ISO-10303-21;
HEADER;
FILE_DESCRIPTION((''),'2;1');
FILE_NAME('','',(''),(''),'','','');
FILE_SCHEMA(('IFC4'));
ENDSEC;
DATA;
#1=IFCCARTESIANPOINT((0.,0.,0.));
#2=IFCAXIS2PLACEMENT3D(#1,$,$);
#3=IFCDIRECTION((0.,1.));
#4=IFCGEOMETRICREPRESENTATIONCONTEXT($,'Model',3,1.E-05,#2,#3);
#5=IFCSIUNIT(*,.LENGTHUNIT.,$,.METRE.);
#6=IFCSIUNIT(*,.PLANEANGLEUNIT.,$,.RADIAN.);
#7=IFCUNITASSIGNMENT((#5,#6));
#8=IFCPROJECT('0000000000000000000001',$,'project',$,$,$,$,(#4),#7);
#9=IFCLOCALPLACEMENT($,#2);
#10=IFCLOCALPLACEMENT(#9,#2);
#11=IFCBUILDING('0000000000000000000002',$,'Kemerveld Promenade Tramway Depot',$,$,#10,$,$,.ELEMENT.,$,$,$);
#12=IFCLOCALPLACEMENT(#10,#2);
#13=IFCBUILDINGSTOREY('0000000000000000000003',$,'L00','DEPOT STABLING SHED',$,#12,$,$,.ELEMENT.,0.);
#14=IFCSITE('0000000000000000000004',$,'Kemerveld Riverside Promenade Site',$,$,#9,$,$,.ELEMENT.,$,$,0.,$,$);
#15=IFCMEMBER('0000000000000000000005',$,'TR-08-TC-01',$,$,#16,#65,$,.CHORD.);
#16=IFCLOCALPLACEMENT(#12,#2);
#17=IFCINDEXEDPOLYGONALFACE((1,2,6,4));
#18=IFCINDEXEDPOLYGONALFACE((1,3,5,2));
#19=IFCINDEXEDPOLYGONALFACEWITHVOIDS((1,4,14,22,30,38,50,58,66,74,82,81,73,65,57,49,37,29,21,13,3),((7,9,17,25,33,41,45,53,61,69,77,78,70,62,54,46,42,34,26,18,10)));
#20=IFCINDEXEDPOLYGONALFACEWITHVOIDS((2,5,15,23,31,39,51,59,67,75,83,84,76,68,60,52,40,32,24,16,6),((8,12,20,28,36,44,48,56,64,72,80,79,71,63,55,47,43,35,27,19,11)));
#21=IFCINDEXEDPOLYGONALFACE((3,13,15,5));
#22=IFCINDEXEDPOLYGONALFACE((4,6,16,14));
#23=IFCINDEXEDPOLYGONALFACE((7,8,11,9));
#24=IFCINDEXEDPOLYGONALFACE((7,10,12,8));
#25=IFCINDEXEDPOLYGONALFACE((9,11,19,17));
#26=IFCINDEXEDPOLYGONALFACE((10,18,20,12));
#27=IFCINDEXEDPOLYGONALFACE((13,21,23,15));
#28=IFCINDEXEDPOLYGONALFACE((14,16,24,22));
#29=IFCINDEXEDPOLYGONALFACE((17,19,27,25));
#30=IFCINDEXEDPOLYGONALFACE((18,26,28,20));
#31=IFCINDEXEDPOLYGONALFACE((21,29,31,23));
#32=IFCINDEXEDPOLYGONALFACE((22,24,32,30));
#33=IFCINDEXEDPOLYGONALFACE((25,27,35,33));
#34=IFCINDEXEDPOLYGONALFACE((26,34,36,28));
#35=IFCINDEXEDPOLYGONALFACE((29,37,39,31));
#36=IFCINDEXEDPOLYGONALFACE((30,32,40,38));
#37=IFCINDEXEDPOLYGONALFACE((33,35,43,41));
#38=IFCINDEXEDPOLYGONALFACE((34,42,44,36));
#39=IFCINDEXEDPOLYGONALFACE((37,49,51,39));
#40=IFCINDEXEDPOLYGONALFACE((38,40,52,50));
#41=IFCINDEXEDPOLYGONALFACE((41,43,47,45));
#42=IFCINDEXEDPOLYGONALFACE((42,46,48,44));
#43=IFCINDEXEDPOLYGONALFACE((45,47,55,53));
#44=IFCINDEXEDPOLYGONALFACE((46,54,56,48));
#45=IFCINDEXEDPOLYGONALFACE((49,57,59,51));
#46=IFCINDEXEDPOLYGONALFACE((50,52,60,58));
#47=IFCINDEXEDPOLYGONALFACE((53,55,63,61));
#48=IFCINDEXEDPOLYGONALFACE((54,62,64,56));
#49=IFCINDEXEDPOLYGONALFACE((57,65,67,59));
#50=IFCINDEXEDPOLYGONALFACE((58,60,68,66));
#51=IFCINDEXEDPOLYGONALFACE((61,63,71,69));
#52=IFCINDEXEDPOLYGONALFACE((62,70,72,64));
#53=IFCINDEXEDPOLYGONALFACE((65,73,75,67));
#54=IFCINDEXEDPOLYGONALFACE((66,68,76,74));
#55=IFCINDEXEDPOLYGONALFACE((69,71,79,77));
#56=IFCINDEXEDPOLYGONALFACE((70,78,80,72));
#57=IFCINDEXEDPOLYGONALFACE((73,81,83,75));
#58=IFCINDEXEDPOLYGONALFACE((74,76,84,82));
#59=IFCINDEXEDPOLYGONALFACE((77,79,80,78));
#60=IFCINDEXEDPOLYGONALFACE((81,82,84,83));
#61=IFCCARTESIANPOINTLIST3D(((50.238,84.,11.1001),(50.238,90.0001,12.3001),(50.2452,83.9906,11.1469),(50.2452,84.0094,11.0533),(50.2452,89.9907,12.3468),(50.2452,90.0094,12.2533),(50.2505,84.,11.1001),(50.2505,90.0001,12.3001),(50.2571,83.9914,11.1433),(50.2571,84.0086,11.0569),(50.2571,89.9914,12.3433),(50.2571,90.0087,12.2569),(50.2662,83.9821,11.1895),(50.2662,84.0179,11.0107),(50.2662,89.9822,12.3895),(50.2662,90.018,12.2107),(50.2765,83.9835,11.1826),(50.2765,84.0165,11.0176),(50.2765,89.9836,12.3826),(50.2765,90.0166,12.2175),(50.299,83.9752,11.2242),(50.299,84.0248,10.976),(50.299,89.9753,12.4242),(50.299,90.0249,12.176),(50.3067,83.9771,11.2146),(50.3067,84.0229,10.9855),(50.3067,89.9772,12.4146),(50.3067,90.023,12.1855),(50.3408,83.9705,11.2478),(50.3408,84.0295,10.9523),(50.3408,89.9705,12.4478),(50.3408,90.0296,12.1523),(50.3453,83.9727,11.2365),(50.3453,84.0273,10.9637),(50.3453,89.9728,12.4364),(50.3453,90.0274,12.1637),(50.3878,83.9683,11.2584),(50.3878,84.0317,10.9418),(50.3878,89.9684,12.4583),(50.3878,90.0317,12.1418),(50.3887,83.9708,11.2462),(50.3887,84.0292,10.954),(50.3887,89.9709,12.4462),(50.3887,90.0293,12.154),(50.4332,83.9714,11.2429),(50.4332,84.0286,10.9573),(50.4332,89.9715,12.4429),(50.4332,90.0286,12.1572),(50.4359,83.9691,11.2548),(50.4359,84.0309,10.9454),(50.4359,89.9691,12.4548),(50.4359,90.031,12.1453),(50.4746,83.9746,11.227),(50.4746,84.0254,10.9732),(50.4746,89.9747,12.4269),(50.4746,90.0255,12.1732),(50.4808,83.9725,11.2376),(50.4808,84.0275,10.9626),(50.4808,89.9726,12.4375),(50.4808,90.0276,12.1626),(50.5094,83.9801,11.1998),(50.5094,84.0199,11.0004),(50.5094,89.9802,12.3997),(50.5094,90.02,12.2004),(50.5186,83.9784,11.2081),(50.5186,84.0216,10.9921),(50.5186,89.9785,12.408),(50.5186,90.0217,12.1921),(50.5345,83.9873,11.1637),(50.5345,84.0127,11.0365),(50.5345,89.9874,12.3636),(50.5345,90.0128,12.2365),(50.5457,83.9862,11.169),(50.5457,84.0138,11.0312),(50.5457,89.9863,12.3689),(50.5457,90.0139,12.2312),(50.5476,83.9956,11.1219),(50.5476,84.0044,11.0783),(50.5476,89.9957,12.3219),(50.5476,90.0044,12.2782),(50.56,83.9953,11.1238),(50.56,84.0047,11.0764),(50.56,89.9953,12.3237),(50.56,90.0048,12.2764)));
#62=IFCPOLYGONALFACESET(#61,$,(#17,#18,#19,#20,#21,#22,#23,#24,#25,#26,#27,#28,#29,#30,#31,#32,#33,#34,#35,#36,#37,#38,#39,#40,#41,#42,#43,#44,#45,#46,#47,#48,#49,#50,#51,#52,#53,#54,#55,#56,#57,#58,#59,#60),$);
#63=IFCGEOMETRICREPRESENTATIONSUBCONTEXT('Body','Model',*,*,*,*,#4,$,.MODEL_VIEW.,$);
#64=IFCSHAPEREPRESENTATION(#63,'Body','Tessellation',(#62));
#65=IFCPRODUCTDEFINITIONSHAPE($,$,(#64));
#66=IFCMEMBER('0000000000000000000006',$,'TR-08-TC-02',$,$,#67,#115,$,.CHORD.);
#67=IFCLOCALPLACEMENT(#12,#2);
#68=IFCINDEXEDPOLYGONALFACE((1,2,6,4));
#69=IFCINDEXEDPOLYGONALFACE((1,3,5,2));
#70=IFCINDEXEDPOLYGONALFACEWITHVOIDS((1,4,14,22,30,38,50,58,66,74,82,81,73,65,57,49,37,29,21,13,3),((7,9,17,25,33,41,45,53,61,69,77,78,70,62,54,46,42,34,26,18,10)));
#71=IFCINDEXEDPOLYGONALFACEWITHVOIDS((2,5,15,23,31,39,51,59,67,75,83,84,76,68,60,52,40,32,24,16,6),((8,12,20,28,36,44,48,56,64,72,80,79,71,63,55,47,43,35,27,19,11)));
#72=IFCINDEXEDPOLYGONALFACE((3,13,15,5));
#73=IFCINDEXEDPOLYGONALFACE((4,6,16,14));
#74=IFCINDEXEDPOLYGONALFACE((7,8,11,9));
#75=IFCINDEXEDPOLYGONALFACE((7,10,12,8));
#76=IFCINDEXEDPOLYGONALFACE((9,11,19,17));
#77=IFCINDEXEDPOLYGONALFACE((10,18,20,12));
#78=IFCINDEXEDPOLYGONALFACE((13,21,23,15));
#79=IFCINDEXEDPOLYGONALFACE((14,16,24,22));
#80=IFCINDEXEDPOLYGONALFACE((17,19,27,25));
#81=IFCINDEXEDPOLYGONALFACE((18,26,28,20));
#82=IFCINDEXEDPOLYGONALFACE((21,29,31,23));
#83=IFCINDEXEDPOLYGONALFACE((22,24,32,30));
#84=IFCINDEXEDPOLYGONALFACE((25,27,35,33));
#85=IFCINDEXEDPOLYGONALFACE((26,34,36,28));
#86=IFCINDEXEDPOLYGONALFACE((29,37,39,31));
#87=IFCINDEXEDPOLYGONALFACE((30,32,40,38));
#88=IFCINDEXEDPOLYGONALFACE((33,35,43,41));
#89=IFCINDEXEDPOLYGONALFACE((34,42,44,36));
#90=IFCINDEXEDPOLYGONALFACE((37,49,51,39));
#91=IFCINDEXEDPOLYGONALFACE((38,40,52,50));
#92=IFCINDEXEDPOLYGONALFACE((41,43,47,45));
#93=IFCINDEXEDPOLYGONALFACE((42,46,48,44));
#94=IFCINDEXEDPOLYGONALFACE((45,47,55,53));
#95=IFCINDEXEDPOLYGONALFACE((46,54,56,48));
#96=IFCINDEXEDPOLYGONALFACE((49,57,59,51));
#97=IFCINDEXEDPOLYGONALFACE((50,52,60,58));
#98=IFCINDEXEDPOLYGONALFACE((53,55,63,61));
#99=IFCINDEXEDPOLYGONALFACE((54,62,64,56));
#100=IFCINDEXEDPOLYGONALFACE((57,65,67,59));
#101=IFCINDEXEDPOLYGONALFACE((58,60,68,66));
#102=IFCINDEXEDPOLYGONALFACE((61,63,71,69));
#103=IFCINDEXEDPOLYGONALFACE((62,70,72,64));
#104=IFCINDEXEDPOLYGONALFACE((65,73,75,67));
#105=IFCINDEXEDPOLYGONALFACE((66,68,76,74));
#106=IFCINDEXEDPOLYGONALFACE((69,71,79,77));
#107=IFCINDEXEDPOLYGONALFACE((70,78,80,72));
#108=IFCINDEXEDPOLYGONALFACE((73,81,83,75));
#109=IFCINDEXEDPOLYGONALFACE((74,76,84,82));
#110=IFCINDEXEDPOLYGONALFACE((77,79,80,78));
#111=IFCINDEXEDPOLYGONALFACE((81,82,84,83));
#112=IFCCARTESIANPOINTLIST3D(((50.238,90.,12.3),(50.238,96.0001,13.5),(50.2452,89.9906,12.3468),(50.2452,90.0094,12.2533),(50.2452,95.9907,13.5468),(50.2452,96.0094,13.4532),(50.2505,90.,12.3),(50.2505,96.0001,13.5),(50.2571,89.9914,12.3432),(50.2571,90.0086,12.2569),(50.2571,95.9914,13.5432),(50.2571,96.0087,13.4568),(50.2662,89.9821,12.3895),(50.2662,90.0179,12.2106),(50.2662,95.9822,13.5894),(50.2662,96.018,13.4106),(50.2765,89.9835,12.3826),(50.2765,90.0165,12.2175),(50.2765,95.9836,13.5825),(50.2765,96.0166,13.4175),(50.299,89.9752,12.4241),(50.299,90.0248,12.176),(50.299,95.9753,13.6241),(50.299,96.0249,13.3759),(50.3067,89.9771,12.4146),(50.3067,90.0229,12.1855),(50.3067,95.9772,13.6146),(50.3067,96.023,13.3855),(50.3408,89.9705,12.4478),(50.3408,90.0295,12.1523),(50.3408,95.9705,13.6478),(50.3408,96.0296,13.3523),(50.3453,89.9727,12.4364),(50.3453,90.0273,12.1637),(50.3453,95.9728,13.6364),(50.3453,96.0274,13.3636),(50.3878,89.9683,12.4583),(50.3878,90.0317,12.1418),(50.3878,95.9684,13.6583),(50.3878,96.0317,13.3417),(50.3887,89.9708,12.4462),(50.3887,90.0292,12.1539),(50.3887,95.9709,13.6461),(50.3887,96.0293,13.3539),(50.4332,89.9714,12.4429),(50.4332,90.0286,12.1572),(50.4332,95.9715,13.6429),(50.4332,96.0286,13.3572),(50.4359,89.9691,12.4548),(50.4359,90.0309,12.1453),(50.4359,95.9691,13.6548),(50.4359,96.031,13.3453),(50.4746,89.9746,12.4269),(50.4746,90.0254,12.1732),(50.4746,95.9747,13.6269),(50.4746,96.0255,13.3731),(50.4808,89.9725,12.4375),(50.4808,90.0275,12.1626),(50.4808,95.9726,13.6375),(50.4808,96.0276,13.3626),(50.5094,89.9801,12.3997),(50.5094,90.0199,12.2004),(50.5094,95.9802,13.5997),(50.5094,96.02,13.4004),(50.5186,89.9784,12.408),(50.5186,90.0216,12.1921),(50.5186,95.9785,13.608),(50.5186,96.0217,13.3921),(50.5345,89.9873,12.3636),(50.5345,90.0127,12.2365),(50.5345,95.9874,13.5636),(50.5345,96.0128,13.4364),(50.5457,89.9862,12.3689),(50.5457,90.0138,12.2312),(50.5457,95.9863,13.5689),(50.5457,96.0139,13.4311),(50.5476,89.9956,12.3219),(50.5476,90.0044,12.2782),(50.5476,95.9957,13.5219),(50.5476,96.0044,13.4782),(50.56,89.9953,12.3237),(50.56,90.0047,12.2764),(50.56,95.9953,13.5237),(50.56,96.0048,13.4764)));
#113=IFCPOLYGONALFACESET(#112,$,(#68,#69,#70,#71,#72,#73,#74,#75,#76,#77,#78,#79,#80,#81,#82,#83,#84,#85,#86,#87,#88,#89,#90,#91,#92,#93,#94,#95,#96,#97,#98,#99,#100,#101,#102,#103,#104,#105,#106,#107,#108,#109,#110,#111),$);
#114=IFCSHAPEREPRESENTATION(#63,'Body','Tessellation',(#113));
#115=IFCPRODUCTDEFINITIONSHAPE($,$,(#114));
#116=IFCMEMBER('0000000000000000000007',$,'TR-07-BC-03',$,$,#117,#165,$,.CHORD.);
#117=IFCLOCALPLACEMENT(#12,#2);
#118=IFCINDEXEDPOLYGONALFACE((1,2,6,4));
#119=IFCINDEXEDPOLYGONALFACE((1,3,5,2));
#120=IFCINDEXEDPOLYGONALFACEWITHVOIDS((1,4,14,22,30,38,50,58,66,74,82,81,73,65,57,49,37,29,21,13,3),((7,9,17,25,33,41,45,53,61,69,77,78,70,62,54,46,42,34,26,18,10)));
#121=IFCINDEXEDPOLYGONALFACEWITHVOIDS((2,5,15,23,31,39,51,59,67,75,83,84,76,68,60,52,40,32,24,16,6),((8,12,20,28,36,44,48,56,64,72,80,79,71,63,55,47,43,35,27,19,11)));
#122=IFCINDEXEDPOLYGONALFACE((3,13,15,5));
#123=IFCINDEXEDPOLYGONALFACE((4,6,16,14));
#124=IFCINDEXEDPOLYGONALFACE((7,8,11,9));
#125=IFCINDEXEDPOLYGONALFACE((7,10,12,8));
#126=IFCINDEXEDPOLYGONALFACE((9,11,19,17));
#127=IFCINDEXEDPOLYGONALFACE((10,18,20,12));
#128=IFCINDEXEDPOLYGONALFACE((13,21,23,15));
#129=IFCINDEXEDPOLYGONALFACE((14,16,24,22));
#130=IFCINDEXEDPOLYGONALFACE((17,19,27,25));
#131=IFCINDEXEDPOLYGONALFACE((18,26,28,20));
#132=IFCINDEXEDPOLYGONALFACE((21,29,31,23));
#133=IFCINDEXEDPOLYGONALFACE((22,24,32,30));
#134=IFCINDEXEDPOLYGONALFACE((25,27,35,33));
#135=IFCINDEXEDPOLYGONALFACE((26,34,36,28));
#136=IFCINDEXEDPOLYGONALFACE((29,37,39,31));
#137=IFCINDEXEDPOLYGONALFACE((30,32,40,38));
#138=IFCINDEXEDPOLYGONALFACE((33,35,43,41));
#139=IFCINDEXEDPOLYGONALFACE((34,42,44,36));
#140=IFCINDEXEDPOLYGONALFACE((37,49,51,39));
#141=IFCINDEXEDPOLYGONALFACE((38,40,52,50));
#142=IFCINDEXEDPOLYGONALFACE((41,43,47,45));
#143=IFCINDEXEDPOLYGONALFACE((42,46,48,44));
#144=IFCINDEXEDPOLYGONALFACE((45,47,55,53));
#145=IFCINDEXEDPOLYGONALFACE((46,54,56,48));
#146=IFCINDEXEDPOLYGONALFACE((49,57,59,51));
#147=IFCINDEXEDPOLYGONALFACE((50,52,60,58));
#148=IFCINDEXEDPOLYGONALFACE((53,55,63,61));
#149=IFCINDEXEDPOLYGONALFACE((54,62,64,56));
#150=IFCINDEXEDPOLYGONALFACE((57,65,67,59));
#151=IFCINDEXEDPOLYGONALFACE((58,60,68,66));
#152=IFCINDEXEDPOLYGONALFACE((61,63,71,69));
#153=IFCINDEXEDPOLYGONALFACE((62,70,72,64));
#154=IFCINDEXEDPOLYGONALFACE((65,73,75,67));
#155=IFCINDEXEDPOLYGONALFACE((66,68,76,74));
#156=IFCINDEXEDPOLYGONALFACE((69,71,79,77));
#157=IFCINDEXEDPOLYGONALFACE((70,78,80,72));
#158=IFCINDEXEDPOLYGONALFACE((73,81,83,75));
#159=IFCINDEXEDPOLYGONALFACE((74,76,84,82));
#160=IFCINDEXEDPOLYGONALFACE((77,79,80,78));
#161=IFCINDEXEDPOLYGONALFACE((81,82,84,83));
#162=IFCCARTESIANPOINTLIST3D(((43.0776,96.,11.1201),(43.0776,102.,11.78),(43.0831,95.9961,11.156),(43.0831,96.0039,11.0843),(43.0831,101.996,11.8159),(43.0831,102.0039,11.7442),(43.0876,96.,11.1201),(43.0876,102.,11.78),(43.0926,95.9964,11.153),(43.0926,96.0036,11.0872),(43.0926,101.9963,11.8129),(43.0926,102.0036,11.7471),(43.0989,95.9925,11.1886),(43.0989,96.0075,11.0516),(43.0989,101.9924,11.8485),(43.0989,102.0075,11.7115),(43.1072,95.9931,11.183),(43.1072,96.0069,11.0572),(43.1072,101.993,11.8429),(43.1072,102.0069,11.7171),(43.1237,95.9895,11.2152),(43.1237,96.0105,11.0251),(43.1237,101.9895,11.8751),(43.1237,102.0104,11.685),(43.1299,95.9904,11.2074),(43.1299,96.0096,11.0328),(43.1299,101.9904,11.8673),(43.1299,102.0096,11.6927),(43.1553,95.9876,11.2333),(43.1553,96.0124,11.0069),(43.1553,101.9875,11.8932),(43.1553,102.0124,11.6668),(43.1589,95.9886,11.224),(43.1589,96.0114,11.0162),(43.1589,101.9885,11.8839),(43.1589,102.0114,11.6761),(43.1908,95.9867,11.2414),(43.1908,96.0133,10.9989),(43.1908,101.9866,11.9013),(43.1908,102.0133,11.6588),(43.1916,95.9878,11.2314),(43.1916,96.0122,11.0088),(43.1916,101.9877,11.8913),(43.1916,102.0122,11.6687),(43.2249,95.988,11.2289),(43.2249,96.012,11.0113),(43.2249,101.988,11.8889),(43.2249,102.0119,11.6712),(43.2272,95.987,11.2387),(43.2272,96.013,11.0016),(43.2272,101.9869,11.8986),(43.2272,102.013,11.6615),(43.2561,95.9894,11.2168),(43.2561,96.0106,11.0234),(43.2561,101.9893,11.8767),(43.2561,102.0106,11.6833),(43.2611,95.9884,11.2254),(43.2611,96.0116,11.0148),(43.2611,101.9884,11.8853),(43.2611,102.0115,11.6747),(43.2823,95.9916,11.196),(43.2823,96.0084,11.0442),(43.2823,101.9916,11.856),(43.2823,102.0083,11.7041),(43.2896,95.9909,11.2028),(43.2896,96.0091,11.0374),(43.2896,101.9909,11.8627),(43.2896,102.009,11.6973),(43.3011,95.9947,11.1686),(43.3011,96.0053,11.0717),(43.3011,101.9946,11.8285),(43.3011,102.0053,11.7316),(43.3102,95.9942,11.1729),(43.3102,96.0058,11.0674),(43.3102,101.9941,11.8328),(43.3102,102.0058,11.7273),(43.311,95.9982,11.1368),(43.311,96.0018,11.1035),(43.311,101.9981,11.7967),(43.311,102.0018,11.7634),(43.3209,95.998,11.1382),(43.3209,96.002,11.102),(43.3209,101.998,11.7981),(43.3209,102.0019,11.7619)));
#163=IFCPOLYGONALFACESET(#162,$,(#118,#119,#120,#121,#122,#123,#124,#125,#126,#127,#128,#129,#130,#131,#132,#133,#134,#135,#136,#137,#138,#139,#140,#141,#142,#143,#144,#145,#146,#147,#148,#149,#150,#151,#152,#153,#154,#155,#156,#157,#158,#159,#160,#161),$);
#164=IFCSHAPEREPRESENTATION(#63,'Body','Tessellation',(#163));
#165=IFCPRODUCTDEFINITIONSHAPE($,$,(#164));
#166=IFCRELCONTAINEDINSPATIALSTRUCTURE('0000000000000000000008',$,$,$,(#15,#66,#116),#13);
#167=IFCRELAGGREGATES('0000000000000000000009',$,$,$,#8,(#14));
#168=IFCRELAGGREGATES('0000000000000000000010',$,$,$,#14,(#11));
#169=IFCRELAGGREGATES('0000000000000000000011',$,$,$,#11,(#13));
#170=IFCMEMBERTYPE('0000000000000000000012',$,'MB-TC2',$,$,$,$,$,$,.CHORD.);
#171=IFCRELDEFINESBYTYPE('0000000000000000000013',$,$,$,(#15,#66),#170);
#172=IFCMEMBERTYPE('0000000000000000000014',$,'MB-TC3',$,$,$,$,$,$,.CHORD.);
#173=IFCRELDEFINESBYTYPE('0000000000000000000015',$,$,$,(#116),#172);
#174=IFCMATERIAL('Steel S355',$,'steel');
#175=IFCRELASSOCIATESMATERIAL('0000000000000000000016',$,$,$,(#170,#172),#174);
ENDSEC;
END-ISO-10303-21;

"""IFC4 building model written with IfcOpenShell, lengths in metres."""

from ifc_helpers import new_model, si_unit, direction, frame, origin, origin_2d, place, context, subcontext, project, spatial, hollow_circle, extrude, material, material_profile, profile_set, type_object, element, save


model = new_model("IFC4")

# Units and contexts
model_context = context("Model", 3, precision=1e-05, world=origin(), true_north=direction((0.0, 1.0)))
body_context = subcontext(model_context, "Body", "Model", "MODEL_VIEW")
ifc_project = project(units=[si_unit("LENGTHUNIT", "METRE"), si_unit("PLANEANGLEUNIT", "RADIAN")], contexts=[model_context])

# Site, building, storey
site_placement = place(None, origin())
site = spatial("IfcSite", under=ifc_project, at=site_placement, Name="Kemerveld Riverside Promenade Site", CompositionType="ELEMENT", RefElevation=0.0)
building_placement = place(site_placement, origin())
building = spatial("IfcBuilding", under=site, at=building_placement, Name="Kemerveld Promenade Tramway Depot", CompositionType="ELEMENT")
storey_placement = place(building_placement, origin())
storey = spatial("IfcBuildingStorey", under=building, at=storey_placement, Name="L00", Description="DEPOT STABLING SHED", CompositionType="ELEMENT", Elevation=0.0)

# Shared definitions
ifc_material_1 = material(Name="Steel S355", Category="steel")

# Members
ifc_material_profile_1 = material_profile(ifc_material_1, hollow_circle(Radius=0.1619, WallThickness=0.0125, at=origin_2d()), Name="323.9x12.5 CHS")
ifc_profile_set_1 = profile_set([ifc_material_profile_1], Name="Steel S355")
member_type_1 = type_object("IfcMemberType", Name="MB-TC2", PredefinedType="CHORD", material=ifc_profile_set_1)
for number, where, z_axis, x_axis, name in (
    (1, (50.3999, 84.0, 11.1001), (0.0, 0.980582, 0.196108), (-1.0, 0.0, 0.0), "TR-08-TC-01"),
    (2, (50.3999, 90.0, 12.3), (0.0, 0.980582, 0.196108), (-1.0, 0.0, 0.0), "TR-08-TC-02"),
):
    element("IfcMember", number, at=place(storey_placement, frame(where, z_axis=z_axis, x_axis=x_axis)), inside=storey, type_object=member_type_1, Name=name, PredefinedType="CHORD", context=body_context, shape_type="SweptSolid", body=[
        extrude(hollow_circle(Radius=0.1619, WallThickness=0.0125, at=origin_2d()), origin(), (0.0, 0.0, 1.0), 6.1189),
    ])
ifc_material_profile_2 = material_profile(ifc_material_1, hollow_circle(Radius=0.1223, WallThickness=0.01, at=origin_2d()), Name="244.5x10.0 CHS")
ifc_profile_set_2 = profile_set([ifc_material_profile_2], Name="Steel S355")
member_type_2 = type_object("IfcMemberType", Name="MB-TC3", PredefinedType="CHORD", material=ifc_profile_set_2)
member_1_placement = place(storey_placement, frame((43.2, 96.0, 11.1201), z_axis=(0.0, 0.994006, 0.109326), x_axis=(-1.0, 0.0, 0.0)))
element("IfcMember", 3, at=member_1_placement, inside=storey, type_object=member_type_2, Name="TR-07-BC-03", PredefinedType="CHORD", context=body_context, shape_type="SweptSolid", body=[
    extrude(hollow_circle(Radius=0.1223, WallThickness=0.01, at=origin_2d()), origin(), (0.0, 0.0, 1.0), 6.0361),
])

save(model, "model.ifc")
